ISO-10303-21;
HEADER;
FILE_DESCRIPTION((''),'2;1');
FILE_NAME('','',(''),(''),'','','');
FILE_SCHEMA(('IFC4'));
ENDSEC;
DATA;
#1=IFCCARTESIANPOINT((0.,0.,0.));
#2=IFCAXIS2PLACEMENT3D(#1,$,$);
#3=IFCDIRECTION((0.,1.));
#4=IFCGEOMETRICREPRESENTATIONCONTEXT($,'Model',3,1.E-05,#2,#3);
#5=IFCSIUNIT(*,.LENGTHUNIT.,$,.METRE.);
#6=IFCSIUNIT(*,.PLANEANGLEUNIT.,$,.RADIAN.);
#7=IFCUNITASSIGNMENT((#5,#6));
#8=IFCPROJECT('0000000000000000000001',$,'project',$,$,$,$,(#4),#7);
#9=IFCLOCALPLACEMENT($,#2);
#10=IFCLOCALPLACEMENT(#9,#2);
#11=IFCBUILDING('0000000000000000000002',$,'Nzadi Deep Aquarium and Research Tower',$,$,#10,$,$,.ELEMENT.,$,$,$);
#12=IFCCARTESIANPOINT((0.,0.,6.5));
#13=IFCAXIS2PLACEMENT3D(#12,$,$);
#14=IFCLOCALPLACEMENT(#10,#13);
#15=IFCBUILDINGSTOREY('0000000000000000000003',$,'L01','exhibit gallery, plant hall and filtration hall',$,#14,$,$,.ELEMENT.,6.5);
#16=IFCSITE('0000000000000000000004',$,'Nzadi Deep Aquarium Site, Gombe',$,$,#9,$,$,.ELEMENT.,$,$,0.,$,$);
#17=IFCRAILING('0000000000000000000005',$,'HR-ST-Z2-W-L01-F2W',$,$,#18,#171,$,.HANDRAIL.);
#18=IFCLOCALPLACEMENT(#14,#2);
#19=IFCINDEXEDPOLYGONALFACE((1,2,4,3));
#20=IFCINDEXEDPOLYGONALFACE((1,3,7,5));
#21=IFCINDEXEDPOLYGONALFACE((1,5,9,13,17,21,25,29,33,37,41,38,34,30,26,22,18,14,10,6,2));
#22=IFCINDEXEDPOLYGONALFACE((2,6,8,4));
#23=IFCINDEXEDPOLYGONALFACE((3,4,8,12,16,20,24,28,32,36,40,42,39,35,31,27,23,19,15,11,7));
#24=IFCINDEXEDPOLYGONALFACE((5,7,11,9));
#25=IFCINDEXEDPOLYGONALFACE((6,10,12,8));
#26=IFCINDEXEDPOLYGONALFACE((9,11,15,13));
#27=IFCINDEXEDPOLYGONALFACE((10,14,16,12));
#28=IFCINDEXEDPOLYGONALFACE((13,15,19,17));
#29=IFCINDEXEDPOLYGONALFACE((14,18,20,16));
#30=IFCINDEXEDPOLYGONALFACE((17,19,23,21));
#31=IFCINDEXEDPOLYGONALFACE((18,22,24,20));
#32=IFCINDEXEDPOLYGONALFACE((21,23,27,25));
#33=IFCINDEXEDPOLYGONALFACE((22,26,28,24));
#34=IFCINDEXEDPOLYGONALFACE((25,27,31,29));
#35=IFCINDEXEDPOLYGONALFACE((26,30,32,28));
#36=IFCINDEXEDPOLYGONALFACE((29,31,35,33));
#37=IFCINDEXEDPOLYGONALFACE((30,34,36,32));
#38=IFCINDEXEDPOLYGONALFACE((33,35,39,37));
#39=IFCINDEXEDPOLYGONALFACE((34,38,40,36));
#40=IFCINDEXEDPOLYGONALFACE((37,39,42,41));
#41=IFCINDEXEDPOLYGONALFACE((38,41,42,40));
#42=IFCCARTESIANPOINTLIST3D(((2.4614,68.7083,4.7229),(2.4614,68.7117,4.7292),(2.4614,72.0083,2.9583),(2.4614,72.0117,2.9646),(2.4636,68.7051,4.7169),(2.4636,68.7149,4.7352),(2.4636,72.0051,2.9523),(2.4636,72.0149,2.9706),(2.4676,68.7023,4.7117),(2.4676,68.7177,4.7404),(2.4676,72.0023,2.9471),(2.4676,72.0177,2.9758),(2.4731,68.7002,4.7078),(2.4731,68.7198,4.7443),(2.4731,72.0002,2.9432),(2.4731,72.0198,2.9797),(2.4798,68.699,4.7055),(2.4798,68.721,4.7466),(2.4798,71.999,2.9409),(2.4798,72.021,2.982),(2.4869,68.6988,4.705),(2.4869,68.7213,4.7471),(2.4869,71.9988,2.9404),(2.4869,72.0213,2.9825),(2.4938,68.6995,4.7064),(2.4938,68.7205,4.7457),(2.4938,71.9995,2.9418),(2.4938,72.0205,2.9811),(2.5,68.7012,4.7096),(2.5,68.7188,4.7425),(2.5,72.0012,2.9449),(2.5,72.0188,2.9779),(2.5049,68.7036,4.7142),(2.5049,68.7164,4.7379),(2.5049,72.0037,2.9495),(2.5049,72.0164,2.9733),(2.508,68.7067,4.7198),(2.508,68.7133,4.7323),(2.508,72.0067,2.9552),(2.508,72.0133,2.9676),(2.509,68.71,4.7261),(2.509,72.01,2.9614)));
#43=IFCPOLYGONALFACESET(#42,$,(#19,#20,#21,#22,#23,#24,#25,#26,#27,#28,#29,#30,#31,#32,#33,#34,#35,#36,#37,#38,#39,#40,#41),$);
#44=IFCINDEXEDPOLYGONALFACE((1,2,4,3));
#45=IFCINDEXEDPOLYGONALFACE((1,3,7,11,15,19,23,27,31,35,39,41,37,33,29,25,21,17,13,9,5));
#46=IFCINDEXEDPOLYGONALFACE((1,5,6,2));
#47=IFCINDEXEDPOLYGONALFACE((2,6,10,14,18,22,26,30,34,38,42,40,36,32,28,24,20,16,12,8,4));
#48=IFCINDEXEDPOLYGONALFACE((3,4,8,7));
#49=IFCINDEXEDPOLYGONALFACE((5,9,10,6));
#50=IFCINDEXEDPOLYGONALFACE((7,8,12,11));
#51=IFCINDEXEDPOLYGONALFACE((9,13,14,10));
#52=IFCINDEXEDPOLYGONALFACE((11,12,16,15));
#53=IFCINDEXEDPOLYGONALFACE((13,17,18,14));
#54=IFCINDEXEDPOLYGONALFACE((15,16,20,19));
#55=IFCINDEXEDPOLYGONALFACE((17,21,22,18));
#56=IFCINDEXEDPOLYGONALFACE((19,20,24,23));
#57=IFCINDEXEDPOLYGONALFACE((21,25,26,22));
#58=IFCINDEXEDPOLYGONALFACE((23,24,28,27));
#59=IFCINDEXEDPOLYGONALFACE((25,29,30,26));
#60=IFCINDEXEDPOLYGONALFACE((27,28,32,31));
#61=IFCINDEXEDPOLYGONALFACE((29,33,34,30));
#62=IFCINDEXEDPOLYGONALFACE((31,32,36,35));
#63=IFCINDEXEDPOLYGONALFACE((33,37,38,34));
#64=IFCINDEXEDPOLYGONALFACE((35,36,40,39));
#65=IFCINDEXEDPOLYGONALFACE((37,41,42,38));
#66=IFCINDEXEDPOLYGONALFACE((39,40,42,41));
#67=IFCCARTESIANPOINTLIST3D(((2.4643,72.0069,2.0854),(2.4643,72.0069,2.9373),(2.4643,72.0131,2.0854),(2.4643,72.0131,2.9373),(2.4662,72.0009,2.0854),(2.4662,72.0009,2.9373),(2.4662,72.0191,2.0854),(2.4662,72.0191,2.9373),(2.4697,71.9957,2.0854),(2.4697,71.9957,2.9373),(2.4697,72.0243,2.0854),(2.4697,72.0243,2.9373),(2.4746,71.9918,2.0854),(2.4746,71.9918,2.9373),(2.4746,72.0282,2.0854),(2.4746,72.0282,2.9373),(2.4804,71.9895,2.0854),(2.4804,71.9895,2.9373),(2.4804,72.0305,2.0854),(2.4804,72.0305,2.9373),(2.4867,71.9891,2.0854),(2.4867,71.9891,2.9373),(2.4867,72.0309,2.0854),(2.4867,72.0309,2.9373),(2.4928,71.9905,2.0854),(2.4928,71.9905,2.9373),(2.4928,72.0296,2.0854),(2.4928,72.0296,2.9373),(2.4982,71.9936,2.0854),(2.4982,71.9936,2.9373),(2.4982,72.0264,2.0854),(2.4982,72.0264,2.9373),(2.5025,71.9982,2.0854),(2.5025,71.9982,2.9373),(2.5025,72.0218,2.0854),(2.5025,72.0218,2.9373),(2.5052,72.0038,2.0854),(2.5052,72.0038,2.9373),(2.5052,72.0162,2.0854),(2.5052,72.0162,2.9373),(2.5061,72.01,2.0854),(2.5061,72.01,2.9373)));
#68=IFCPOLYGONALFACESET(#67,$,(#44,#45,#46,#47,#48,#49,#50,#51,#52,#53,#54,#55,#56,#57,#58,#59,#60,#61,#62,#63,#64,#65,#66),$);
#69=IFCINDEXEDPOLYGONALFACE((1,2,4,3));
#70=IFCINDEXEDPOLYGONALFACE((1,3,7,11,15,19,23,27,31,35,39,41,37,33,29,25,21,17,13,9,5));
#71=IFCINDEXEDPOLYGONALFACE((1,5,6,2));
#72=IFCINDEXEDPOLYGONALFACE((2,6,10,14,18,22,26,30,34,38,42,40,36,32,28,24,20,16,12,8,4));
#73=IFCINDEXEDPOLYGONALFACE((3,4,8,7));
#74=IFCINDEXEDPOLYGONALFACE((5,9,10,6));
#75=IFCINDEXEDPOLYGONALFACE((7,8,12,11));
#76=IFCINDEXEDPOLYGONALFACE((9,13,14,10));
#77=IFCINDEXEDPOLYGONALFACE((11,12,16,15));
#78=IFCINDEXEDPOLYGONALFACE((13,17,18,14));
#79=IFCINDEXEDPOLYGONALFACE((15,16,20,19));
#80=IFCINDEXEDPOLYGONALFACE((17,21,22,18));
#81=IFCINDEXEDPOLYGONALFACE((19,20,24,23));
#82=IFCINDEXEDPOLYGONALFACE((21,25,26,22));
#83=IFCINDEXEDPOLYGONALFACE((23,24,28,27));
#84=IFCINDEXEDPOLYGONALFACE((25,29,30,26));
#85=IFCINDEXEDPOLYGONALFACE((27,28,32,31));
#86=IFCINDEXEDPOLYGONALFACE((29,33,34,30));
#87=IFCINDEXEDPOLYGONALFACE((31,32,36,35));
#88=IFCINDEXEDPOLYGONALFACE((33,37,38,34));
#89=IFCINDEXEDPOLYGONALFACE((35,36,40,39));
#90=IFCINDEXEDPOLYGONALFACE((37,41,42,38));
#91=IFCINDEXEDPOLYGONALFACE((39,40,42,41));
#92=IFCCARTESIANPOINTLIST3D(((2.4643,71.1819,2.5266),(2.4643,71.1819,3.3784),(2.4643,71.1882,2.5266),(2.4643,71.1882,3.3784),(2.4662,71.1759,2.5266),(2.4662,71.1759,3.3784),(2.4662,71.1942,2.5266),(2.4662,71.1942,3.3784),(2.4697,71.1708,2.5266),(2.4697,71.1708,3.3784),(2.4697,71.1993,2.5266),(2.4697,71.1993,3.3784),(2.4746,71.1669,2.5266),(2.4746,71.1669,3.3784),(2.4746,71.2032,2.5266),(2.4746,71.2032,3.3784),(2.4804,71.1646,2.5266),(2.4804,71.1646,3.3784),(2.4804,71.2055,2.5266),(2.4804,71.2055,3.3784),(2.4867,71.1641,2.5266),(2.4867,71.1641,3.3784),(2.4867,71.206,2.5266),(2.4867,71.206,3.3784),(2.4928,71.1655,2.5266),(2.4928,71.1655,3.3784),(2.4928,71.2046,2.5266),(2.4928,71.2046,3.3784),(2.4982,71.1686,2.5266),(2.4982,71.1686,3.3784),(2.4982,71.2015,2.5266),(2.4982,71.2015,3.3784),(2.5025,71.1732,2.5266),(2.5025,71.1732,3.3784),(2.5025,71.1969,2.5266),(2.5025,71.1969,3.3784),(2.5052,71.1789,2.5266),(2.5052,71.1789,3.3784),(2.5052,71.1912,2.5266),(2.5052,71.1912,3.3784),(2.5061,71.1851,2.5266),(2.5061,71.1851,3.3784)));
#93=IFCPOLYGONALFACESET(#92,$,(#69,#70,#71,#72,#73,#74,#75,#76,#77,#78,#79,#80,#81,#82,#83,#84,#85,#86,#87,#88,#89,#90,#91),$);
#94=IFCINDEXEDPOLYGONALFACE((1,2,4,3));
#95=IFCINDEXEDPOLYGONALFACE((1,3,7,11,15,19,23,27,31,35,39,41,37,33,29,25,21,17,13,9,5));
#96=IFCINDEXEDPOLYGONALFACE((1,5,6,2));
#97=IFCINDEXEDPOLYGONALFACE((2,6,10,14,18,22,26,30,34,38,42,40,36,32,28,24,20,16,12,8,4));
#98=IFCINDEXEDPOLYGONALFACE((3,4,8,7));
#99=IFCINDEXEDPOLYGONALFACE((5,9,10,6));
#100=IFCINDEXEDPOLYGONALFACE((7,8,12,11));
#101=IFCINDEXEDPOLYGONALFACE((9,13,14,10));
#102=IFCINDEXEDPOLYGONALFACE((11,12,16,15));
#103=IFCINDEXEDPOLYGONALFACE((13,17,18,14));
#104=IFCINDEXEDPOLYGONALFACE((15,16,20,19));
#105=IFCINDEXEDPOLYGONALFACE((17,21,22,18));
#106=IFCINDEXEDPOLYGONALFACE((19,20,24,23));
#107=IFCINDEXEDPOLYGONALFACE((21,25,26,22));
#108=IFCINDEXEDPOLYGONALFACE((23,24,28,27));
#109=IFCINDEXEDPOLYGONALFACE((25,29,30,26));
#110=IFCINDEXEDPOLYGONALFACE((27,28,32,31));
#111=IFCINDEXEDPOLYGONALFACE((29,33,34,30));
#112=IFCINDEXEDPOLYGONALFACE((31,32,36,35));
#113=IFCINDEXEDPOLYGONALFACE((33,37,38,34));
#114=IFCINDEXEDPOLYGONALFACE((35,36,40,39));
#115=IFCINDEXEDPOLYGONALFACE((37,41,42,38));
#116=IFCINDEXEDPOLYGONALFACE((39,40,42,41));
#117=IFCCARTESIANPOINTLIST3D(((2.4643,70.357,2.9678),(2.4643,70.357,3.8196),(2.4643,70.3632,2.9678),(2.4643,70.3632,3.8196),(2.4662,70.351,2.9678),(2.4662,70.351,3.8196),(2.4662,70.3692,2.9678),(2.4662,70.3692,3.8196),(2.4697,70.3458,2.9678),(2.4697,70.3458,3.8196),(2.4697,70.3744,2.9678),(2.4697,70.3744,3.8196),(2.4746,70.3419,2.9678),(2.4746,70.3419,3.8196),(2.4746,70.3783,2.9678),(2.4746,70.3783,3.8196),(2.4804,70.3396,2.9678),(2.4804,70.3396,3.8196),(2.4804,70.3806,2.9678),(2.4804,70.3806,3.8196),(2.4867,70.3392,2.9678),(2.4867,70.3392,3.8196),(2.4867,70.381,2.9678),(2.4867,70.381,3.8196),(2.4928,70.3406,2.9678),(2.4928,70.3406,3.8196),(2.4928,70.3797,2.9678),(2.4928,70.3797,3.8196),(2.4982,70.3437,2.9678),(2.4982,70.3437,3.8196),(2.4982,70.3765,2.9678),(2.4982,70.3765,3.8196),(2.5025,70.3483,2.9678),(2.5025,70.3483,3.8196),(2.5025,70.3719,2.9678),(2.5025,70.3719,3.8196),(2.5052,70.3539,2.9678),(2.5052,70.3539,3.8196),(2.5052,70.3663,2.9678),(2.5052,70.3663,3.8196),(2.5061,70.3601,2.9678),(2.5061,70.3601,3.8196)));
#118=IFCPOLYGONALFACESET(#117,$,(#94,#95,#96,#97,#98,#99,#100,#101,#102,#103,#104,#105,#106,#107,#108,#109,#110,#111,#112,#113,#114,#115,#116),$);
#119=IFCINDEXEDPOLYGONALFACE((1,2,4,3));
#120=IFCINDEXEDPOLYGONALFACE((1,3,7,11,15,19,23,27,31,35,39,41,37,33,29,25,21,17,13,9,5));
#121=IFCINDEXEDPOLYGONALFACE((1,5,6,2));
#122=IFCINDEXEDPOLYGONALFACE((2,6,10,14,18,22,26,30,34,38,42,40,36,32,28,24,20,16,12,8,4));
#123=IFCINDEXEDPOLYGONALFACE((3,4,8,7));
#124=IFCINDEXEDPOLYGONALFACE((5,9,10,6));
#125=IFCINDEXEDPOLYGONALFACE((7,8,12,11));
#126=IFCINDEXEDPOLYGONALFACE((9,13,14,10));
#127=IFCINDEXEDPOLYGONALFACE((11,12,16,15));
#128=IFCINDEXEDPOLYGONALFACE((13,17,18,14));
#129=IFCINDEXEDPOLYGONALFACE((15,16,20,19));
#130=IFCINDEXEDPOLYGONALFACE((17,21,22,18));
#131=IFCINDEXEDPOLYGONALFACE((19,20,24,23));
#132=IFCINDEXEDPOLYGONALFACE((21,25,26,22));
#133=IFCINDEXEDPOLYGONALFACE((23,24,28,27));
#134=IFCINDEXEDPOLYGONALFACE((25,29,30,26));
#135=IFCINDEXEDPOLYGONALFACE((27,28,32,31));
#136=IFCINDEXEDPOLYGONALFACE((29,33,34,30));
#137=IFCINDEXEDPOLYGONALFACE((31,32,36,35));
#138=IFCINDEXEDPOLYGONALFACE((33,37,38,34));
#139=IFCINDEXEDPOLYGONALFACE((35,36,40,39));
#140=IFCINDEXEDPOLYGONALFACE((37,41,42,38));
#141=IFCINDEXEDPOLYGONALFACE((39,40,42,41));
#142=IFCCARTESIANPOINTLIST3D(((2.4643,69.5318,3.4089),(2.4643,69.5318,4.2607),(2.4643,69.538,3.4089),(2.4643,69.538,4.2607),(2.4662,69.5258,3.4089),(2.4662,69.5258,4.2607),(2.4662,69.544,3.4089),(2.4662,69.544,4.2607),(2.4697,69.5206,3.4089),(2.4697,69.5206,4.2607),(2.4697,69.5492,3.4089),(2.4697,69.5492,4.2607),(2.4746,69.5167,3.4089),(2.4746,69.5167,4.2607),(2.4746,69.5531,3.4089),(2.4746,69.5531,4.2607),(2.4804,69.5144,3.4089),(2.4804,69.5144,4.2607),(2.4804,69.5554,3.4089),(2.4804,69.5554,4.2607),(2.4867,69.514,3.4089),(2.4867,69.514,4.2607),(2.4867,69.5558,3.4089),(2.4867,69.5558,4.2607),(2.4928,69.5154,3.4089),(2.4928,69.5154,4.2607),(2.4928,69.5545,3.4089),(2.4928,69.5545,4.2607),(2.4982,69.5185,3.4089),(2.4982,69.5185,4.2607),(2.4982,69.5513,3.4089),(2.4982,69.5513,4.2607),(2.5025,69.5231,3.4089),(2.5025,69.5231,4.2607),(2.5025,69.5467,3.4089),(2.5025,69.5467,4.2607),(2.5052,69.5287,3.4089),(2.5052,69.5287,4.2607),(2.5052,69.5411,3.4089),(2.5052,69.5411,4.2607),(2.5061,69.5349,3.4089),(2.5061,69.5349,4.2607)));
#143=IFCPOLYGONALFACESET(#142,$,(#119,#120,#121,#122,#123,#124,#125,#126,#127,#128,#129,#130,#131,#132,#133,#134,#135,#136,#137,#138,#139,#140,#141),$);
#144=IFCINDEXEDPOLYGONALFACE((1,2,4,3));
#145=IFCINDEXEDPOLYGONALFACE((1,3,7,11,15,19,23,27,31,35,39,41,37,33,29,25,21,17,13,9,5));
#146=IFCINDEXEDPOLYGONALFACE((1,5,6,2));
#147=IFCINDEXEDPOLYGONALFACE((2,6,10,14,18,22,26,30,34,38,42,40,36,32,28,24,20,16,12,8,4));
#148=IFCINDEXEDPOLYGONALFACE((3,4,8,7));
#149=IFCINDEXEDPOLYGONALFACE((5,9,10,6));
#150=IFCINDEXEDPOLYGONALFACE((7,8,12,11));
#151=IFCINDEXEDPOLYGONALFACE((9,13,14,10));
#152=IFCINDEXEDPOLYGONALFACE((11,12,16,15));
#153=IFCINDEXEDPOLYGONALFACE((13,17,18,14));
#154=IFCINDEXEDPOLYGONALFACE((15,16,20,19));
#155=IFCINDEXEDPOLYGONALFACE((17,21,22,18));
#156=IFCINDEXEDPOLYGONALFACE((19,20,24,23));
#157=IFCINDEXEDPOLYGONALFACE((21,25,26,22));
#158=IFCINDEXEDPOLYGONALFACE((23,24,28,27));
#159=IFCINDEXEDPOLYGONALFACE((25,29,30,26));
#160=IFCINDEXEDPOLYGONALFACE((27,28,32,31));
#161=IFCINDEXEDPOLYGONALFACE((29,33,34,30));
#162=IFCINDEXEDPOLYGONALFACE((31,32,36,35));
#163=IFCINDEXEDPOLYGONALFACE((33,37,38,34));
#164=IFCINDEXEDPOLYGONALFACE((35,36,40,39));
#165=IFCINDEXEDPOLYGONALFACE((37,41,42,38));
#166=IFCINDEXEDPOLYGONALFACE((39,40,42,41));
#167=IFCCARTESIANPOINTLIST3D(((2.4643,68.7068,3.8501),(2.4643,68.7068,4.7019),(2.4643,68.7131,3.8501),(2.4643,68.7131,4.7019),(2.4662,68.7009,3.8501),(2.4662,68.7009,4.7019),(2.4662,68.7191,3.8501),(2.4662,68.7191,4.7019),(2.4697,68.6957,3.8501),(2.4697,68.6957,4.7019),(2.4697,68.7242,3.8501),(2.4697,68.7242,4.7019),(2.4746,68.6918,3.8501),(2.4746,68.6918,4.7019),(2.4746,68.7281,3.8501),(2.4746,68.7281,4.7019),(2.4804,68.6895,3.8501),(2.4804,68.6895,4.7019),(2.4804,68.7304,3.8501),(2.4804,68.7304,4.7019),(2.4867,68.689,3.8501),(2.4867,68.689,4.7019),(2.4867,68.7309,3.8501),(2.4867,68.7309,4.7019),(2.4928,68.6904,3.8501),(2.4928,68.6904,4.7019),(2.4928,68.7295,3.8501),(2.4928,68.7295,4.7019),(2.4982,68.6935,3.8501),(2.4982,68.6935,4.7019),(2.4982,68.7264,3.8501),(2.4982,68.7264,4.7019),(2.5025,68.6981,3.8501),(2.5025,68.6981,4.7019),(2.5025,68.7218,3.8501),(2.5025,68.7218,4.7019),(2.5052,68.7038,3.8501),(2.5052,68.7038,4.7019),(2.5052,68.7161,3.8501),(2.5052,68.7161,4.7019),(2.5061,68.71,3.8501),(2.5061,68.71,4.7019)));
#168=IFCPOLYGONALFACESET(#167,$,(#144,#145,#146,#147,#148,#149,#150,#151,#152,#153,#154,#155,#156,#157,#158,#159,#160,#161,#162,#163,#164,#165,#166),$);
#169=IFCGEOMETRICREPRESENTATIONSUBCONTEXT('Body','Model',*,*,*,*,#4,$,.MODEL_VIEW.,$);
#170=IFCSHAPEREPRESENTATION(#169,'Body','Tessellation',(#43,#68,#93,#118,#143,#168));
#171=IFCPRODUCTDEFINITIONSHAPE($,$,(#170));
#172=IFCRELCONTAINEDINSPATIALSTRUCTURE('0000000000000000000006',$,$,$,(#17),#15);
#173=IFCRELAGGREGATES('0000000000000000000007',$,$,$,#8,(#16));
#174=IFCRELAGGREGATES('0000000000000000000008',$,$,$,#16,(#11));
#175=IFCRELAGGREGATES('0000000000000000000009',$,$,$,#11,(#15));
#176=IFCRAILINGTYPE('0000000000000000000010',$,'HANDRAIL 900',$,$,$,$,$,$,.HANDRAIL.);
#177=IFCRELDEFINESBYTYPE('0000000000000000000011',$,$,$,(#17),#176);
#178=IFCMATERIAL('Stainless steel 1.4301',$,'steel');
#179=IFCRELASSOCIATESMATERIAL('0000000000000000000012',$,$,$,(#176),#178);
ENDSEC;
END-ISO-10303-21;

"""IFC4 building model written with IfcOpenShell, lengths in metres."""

from ifc_helpers import new_model, si_unit, direction, frame, origin, origin_2d, place, context, subcontext, project, spatial, circle, extrude, material, type_object, element, save


model = new_model("IFC4")

# Units and contexts
model_context = context("Model", 3, precision=1e-05, world=origin(), true_north=direction((0.0, 1.0)))
body_context = subcontext(model_context, "Body", "Model", "MODEL_VIEW")
ifc_project = project(units=[si_unit("LENGTHUNIT", "METRE"), si_unit("PLANEANGLEUNIT", "RADIAN")], contexts=[model_context])

# Site, building, storey
site_placement = place(None, origin())
site = spatial("IfcSite", under=ifc_project, at=site_placement, Name="Nzadi Deep Aquarium Site, Gombe", CompositionType="ELEMENT", RefElevation=0.0)
building_placement = place(site_placement, origin())
building = spatial("IfcBuilding", under=site, at=building_placement, Name="Nzadi Deep Aquarium and Research Tower", CompositionType="ELEMENT")
storey_placement = place(building_placement, frame((0.0, 0.0, 6.5)))
storey = spatial("IfcBuildingStorey", under=building, at=storey_placement, Name="L01", Description="exhibit gallery, plant hall and filtration hall", CompositionType="ELEMENT", Elevation=6.5)

# Railing
ifc_material_1 = material(Name="Stainless steel 1.4301", Category="steel")
railing_type = type_object("IfcRailingType", Name="HANDRAIL 900", PredefinedType="HANDRAIL", material=ifc_material_1)
for number, where, name in (
    (1, (2.4851, 72.01, 2.0854), "HR-ST-Z2-W-L01-F2W"),
):
    element("IfcRailing", number, at=place(storey_placement, frame(where)), inside=storey, type_object=railing_type, Name=name, PredefinedType="HANDRAIL", context=body_context, shape_type="SweptSolid", body=[
        extrude(circle(Radius=0.0239, at=origin_2d()), frame((0.0, 0.0, 0.876), z_axis=(0.0, -0.88184, 0.47155), x_axis=(1.0, 0.0, 0.0)), (0.0, 0.0, 1.0), 3.7422),
        extrude(circle(Radius=0.021, at=origin_2d()), origin(), (0.0, 0.0, 1.0), 0.8518),
        extrude(circle(Radius=0.021, at=origin_2d()), frame((0.0, -0.825, 0.4412)), (0.0, 0.0, 1.0), 0.8518),
        extrude(circle(Radius=0.021, at=origin_2d()), frame((0.0, -1.6499, 0.8823)), (0.0, 0.0, 1.0), 0.8518),
        extrude(circle(Radius=0.021, at=origin_2d()), frame((0.0, -2.4751, 1.3235)), (0.0, 0.0, 1.0), 0.8518),
        extrude(circle(Radius=0.021, at=origin_2d()), frame((0.0, -3.3, 1.7646)), (0.0, 0.0, 1.0), 0.8518),
    ])

save(model, "model.ifc")
